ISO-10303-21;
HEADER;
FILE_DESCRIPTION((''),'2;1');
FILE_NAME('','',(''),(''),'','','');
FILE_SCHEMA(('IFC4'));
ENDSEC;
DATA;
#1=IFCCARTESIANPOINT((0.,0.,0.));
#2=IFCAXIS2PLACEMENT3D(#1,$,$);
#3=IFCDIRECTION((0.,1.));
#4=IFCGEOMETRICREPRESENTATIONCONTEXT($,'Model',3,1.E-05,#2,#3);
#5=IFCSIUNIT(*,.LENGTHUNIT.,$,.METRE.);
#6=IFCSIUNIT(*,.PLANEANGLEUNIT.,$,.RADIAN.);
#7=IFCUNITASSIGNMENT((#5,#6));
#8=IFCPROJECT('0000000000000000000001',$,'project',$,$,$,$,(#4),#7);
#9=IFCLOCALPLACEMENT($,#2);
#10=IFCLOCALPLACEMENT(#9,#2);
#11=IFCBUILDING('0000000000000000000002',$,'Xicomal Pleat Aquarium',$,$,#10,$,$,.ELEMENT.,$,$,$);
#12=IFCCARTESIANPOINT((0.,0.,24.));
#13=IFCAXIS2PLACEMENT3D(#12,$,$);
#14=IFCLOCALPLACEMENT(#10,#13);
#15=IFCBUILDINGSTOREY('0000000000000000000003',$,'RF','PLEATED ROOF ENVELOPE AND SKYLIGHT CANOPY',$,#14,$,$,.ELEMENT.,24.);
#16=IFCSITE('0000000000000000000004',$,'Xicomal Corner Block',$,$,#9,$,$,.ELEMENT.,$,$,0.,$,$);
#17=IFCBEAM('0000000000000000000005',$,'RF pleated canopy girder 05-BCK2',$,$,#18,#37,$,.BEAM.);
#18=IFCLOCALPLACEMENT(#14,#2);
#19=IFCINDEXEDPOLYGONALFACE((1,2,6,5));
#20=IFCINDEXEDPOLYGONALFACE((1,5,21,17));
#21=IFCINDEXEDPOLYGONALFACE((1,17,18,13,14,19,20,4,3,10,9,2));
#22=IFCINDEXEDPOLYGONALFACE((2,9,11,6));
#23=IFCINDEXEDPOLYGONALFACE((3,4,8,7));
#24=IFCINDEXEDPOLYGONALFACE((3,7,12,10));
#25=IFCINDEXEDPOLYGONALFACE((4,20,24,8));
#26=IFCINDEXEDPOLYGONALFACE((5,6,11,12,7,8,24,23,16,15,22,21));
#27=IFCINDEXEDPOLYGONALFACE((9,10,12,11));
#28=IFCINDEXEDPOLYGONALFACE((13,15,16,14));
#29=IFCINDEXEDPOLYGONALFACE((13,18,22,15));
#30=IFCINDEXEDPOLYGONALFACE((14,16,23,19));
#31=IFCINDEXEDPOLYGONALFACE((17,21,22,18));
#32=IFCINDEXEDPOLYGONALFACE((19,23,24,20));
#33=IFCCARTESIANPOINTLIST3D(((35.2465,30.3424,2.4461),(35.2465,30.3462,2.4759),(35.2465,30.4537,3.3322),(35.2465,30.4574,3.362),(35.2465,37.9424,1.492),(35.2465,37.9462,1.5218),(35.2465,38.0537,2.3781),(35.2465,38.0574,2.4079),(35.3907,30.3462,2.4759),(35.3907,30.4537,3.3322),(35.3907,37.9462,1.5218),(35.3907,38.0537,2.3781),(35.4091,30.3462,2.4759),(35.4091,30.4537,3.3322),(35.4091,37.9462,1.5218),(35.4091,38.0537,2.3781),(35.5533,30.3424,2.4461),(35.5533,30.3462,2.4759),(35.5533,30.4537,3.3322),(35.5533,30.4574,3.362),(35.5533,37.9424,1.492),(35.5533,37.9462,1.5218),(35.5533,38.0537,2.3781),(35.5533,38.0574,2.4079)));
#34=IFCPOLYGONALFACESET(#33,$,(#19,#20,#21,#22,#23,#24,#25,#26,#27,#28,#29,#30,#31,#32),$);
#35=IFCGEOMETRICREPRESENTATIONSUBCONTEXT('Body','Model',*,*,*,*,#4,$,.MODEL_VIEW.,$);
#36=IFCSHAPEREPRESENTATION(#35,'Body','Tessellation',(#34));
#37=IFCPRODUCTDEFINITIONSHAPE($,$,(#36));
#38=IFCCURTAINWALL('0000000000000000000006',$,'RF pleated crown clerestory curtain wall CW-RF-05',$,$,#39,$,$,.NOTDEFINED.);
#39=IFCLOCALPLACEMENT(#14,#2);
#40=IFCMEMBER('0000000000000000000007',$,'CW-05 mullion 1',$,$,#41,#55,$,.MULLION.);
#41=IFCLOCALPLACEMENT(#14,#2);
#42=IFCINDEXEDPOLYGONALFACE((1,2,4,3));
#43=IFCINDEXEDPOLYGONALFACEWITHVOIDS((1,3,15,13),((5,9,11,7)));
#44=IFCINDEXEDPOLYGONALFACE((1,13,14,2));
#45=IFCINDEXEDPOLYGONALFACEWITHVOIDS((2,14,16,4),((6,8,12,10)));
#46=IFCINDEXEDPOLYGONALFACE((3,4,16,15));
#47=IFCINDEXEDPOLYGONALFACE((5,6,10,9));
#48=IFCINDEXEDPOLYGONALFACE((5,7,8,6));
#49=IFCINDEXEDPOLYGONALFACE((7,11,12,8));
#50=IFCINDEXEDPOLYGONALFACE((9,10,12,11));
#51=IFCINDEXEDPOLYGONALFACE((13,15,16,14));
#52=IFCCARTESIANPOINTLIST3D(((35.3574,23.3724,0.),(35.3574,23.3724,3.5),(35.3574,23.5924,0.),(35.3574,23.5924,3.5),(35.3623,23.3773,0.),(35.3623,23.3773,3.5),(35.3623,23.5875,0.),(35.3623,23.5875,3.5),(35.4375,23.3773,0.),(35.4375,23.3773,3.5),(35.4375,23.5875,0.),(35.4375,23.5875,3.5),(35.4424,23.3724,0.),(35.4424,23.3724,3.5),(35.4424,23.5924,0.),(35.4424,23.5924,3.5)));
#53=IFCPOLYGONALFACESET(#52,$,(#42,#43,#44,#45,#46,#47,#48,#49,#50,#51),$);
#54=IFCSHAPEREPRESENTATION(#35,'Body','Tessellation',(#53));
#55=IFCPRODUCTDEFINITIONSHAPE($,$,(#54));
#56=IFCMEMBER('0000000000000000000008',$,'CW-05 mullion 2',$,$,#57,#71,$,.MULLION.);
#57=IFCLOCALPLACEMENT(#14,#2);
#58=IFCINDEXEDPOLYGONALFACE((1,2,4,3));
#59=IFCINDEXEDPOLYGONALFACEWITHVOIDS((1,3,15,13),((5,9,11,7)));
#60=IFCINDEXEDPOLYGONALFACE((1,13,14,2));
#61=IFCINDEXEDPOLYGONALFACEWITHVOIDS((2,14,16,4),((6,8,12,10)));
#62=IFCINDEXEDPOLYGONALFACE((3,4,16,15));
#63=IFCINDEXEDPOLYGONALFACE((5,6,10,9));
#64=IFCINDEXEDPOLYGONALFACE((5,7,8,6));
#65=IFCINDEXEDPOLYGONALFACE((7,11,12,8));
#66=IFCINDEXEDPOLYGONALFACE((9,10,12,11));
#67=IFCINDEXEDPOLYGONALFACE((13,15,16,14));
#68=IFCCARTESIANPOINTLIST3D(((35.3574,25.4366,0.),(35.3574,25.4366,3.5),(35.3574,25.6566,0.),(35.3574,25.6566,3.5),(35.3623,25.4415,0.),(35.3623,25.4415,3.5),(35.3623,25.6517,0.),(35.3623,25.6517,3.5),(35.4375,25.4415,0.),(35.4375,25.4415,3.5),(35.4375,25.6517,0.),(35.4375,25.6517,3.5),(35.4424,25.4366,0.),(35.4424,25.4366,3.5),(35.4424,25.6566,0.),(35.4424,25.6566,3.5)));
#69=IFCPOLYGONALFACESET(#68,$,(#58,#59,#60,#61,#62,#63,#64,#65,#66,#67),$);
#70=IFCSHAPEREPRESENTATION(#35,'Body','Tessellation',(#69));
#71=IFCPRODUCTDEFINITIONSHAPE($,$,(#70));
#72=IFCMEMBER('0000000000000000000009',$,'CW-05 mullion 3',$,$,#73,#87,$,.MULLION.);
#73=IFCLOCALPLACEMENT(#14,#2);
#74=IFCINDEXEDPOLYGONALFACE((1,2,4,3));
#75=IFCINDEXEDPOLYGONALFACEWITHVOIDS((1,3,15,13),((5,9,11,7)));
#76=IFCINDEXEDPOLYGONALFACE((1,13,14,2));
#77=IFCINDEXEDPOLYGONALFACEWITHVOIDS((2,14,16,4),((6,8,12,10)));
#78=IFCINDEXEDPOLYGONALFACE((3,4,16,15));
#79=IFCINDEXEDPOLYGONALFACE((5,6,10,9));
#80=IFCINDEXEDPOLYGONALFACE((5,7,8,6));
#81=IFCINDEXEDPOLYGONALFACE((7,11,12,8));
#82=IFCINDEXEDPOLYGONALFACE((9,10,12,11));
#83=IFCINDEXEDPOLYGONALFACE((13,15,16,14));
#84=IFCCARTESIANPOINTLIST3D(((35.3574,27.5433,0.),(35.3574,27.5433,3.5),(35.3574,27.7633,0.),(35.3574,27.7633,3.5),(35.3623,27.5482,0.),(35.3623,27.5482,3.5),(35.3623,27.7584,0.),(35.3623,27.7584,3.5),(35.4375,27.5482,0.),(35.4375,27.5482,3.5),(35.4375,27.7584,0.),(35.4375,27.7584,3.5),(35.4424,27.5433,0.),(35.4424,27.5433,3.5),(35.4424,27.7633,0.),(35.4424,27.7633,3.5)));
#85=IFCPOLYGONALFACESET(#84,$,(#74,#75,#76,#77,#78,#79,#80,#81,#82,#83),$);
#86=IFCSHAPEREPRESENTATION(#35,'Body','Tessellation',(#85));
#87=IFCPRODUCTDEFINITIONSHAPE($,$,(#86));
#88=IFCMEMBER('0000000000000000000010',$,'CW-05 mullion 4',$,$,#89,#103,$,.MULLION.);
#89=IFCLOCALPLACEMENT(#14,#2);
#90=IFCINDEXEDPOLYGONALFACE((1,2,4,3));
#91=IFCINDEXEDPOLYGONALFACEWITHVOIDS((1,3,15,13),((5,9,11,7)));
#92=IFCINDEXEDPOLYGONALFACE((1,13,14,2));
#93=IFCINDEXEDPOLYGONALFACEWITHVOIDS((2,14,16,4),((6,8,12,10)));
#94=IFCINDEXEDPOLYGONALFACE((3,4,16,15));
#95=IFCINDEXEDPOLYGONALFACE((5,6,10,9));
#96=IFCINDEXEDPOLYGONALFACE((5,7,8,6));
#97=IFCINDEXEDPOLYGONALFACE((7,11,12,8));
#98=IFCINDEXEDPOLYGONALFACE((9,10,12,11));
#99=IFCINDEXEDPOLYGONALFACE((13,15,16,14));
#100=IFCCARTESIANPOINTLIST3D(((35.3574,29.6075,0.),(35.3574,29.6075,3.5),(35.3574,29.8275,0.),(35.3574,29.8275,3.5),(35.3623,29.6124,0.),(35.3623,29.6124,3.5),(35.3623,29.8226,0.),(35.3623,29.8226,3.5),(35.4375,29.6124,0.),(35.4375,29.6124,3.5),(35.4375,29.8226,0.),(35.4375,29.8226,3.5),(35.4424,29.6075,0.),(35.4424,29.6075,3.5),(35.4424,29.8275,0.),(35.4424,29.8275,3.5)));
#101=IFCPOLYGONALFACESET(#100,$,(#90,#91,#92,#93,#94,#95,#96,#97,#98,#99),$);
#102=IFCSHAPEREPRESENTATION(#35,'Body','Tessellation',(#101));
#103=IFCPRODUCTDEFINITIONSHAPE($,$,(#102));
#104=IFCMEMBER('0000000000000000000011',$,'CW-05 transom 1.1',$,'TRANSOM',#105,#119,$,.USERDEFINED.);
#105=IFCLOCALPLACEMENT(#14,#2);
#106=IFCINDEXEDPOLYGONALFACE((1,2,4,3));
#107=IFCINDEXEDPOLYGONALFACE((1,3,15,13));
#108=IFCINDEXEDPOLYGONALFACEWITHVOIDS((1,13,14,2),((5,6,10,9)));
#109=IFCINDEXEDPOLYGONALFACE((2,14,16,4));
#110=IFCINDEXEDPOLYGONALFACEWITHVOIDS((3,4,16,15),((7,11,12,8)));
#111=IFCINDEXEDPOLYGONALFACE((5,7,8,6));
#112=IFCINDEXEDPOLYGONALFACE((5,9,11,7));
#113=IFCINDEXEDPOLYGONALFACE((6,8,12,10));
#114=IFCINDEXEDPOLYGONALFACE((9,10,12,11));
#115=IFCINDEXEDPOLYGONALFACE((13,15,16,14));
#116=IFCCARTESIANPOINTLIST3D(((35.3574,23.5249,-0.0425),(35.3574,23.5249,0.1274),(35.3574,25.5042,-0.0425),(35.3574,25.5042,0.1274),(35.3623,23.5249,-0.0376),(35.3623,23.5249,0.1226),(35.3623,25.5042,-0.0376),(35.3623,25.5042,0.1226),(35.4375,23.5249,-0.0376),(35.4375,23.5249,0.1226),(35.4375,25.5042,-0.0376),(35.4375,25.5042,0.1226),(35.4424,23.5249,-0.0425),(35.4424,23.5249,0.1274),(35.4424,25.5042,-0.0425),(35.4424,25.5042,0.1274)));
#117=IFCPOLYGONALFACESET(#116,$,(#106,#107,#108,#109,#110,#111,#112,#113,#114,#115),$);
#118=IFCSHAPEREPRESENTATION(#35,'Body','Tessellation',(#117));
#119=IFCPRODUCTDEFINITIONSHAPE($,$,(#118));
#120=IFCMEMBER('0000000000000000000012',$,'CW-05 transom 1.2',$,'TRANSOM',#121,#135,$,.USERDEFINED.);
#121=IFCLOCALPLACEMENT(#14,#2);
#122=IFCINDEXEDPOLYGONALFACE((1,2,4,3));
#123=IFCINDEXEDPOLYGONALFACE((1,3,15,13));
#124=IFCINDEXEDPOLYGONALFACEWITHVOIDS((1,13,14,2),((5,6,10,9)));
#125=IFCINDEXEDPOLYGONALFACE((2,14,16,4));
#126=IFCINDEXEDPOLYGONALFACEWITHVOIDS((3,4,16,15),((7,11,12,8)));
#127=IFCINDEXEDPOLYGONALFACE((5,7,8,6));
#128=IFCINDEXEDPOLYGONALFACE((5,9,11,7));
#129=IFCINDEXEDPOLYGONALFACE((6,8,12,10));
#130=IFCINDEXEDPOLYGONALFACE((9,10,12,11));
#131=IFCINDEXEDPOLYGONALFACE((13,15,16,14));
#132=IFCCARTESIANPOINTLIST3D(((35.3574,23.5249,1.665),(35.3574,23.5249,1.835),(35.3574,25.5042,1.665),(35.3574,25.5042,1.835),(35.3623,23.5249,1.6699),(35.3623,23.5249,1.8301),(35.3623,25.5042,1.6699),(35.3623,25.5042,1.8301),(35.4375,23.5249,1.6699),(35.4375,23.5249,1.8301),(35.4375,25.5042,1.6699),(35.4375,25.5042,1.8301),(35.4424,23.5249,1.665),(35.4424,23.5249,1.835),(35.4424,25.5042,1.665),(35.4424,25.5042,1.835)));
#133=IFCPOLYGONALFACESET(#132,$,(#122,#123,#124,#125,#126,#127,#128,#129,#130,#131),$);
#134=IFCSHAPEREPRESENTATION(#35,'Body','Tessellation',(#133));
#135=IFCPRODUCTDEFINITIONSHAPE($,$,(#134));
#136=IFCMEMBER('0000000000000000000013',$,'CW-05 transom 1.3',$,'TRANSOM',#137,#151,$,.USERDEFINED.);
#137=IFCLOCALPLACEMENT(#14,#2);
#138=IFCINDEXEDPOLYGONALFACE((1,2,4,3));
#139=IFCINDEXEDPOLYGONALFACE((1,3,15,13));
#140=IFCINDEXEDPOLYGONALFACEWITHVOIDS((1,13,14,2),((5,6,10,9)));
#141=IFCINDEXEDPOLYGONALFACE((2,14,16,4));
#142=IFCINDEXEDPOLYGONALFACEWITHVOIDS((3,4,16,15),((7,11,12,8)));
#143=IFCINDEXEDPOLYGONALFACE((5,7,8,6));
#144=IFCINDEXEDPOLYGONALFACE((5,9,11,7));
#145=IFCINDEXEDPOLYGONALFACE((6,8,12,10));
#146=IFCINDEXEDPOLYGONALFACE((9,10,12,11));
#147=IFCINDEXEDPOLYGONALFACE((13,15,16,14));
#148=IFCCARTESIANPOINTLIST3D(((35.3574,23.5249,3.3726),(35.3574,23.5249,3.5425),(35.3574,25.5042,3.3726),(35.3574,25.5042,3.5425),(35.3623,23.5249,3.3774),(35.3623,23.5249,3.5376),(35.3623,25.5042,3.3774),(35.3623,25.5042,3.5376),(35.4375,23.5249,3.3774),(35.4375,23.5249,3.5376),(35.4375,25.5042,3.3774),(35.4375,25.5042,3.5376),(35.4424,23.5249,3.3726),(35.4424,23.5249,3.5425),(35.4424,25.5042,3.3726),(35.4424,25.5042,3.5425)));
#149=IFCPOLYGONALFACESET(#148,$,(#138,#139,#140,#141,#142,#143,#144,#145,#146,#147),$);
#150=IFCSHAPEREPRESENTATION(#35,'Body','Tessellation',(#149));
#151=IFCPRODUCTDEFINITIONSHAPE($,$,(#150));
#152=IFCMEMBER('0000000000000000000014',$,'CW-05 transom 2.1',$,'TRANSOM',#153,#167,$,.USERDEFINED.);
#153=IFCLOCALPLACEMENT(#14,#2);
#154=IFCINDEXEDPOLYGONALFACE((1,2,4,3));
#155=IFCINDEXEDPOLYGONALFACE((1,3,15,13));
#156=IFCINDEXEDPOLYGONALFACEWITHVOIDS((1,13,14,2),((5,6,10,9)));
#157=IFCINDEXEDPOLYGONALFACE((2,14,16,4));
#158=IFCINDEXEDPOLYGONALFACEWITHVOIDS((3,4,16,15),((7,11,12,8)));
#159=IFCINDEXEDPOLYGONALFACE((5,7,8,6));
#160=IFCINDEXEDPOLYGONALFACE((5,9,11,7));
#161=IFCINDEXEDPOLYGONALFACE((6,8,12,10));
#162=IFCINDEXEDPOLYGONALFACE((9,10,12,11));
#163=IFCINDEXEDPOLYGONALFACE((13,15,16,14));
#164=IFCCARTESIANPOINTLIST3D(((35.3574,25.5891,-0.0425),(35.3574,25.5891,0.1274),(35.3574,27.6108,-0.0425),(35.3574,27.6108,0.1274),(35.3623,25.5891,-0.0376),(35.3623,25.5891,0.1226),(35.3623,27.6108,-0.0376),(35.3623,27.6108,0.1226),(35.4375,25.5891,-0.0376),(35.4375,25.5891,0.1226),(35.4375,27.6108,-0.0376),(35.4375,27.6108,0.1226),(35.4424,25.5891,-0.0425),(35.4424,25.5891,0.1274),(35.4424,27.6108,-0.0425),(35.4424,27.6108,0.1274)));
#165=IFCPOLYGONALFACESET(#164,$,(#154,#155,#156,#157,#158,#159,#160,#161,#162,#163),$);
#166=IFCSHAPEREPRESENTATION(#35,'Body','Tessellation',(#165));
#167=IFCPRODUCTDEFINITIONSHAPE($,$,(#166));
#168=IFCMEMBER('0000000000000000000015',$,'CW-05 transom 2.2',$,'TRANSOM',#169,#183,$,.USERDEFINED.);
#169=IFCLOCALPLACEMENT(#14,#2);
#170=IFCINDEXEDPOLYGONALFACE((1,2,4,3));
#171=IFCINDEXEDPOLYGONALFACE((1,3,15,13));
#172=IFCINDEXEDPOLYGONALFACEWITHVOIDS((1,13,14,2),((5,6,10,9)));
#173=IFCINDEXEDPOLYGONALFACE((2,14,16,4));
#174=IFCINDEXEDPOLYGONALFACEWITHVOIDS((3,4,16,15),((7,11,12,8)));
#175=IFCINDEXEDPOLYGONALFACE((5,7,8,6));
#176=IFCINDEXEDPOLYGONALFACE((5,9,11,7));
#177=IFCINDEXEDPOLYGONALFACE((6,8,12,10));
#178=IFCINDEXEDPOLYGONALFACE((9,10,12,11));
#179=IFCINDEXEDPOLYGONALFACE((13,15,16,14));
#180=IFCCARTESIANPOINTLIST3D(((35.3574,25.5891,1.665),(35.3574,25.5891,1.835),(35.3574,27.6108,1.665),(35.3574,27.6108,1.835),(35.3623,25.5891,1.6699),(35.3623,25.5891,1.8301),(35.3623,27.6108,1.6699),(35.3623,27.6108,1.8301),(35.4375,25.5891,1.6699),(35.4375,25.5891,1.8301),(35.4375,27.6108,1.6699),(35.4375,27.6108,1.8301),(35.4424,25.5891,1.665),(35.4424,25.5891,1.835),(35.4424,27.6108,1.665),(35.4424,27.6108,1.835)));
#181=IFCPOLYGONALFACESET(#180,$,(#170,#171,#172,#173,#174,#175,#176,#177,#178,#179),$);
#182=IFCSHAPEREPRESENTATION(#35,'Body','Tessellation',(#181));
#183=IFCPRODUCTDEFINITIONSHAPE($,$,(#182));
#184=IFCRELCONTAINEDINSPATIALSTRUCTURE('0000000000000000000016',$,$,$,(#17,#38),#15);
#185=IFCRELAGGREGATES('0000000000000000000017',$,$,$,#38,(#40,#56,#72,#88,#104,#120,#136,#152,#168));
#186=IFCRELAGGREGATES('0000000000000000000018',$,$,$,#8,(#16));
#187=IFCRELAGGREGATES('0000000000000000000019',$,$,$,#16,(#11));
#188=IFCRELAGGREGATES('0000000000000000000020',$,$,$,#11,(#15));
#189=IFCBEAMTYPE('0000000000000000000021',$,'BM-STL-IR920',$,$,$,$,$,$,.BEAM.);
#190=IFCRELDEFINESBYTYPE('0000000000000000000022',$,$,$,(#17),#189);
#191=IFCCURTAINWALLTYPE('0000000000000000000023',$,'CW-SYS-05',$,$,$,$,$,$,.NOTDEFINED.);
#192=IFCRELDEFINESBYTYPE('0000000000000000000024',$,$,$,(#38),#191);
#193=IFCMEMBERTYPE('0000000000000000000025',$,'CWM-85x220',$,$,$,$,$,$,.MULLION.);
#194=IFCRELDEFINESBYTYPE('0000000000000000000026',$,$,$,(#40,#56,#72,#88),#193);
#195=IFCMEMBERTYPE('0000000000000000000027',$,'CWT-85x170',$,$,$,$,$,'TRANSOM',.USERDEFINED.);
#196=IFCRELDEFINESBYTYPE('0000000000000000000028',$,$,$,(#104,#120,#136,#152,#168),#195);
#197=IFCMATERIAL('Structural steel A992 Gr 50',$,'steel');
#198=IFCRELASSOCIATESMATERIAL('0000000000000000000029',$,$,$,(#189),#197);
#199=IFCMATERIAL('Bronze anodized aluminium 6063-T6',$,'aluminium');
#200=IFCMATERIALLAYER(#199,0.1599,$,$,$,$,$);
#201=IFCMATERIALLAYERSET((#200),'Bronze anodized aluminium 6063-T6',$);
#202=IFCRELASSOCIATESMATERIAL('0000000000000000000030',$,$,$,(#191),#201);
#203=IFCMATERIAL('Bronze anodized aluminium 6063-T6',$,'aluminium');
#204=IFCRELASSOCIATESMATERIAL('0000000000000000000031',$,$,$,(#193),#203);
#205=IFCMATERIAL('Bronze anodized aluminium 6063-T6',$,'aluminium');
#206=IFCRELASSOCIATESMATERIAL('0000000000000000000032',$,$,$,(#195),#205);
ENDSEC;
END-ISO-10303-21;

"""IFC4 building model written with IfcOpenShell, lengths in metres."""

from ifc_helpers import new_model, si_unit, direction, frame, origin, origin_2d, place, context, subcontext, project, spatial, hollow_rectangle, i_section, extrude, material, layer, layer_set, material_profile, profile_set, type_object, element, aggregate, save


model = new_model("IFC4")

# Units and contexts
model_context = context("Model", 3, precision=1e-05, world=origin(), true_north=direction((0.0, 1.0)))
body_context = subcontext(model_context, "Body", "Model", "MODEL_VIEW")
ifc_project = project(units=[si_unit("LENGTHUNIT", "METRE"), si_unit("PLANEANGLEUNIT", "RADIAN")], contexts=[model_context])

# Site, building, storey
site_placement = place(None, origin())
site = spatial("IfcSite", under=ifc_project, at=site_placement, Name="Xicomal Corner Block", CompositionType="ELEMENT", RefElevation=0.0)
building_placement = place(site_placement, origin())
building = spatial("IfcBuilding", under=site, at=building_placement, Name="Xicomal Pleat Aquarium", CompositionType="ELEMENT")
storey_placement = place(building_placement, frame((0.0, 0.0, 24.0)))
storey = spatial("IfcBuildingStorey", under=building, at=storey_placement, Name="RF", Description="PLEATED ROOF ENVELOPE AND SKYLIGHT CANOPY", CompositionType="ELEMENT", Elevation=24.0)

# Beam
ifc_material_1 = material(Name="Structural steel A992 Gr 50", Category="steel")
ifc_material_profile_1 = material_profile(ifc_material_1, i_section(OverallWidth=0.3069, OverallDepth=0.9231, WebThickness=0.0183, FlangeThickness=0.03, at=origin_2d()), Name="IR 920x271")
ifc_profile_set_1 = profile_set([ifc_material_profile_1], Name="Structural steel A992 Gr 50")
beam_type = type_object("IfcBeamType", Name="BM-STL-IR920", PredefinedType="BEAM", material=ifc_profile_set_1)
beam_1_placement = place(storey_placement, frame((35.3999, 30.3999, 2.9041), z_axis=(0.0, 0.992212, -0.12456), x_axis=(-1.0, 0.0, 0.0)))
element("IfcBeam", 1, at=beam_1_placement, inside=storey, type_object=beam_type, Name="RF pleated canopy girder 05-BCK2", PredefinedType="BEAM", context=body_context, shape_type="SweptSolid", body=[
    extrude(i_section(OverallWidth=0.3069, OverallDepth=0.9231, WebThickness=0.0183, FlangeThickness=0.03, at=origin_2d()), origin(), (0.0, 0.0, 1.0), 7.6597),
])

# Curtain wall, members
ifc_material_2 = material(Name="Bronze anodized aluminium 6063-T6", Category="aluminium")
ifc_layer_1 = layer(ifc_material_2, 0.1599)
ifc_layer_set_1 = layer_set([ifc_layer_1], Name="Bronze anodized aluminium 6063-T6")
curtain_wall_type = type_object("IfcCurtainWallType", Name="CW-SYS-05", PredefinedType="NOTDEFINED", material=ifc_layer_set_1)
curtain_wall_placement = place(storey_placement, origin())
curtain_wall = element("IfcCurtainWall", 2, at=curtain_wall_placement, inside=storey, type_object=curtain_wall_type, Name="RF pleated crown clerestory curtain wall CW-RF-05", PredefinedType="NOTDEFINED")
ifc_material_3 = material(Name="Bronze anodized aluminium 6063-T6", Category="aluminium")
ifc_material_profile_2 = material_profile(ifc_material_3, hollow_rectangle(XDim=0.085, YDim=0.22, WallThickness=0.0049, at=origin_2d()), Name="ALU MULL 85x220")
ifc_profile_set_2 = profile_set([ifc_material_profile_2], Name="Bronze anodized aluminium 6063-T6")
member_type_1 = type_object("IfcMemberType", Name="CWM-85x220", PredefinedType="MULLION", material=ifc_profile_set_2)
member_1_placement = place(storey_placement, frame((35.3999, 23.4824, 0.0), z_axis=(0.0, 0.0, 1.0), x_axis=(-1.0, 0.0, 0.0)))
member_1 = element("IfcMember", 3, at=member_1_placement, type_object=member_type_1, Name="CW-05 mullion 1", PredefinedType="MULLION", context=body_context, shape_type="SweptSolid", body=[
    extrude(hollow_rectangle(XDim=0.085, YDim=0.22, WallThickness=0.0049, at=origin_2d()), origin(), (0.0, 0.0, 1.0), 3.5),
])
member_2_placement = place(storey_placement, frame((35.3999, 25.5466, 0.0), z_axis=(0.0, 0.0, 1.0), x_axis=(-1.0, 0.0, 0.0)))
member_2 = element("IfcMember", 4, at=member_2_placement, type_object=member_type_1, Name="CW-05 mullion 2", PredefinedType="MULLION", context=body_context, shape_type="SweptSolid", body=[
    extrude(hollow_rectangle(XDim=0.085, YDim=0.22, WallThickness=0.0049, at=origin_2d()), origin(), (0.0, 0.0, 1.0), 3.5),
])
member_3_placement = place(storey_placement, frame((35.3999, 27.6533, 0.0), z_axis=(0.0, 0.0, 1.0), x_axis=(-1.0, 0.0, 0.0)))
member_3 = element("IfcMember", 5, at=member_3_placement, type_object=member_type_1, Name="CW-05 mullion 3", PredefinedType="MULLION", context=body_context, shape_type="SweptSolid", body=[
    extrude(hollow_rectangle(XDim=0.085, YDim=0.22, WallThickness=0.0049, at=origin_2d()), origin(), (0.0, 0.0, 1.0), 3.5),
])
member_4_placement = place(storey_placement, frame((35.3999, 29.7175, 0.0), z_axis=(0.0, 0.0, 1.0), x_axis=(-1.0, 0.0, 0.0)))
member_4 = element("IfcMember", 6, at=member_4_placement, type_object=member_type_1, Name="CW-05 mullion 4", PredefinedType="MULLION", context=body_context, shape_type="SweptSolid", body=[
    extrude(hollow_rectangle(XDim=0.085, YDim=0.22, WallThickness=0.0049, at=origin_2d()), origin(), (0.0, 0.0, 1.0), 3.5),
])
ifc_material_4 = material(Name="Bronze anodized aluminium 6063-T6", Category="aluminium")
ifc_material_profile_3 = material_profile(ifc_material_4, hollow_rectangle(XDim=0.085, YDim=0.1699, WallThickness=0.0049, at=origin_2d()), Name="ALU TRAN 85x170")
ifc_profile_set_3 = profile_set([ifc_material_profile_3], Name="Bronze anodized aluminium 6063-T6")
member_type_2 = type_object("IfcMemberType", Name="CWT-85x170", ElementType="TRANSOM", PredefinedType="USERDEFINED", material=ifc_profile_set_3)
member_5_placement = place(storey_placement, frame((35.3999, 23.5249, 0.0425), z_axis=(0.0, 1.0, 0.0), x_axis=(-1.0, 0.0, 0.0)))
member_5 = element("IfcMember", 7, at=member_5_placement, type_object=member_type_2, Name="CW-05 transom 1.1", ObjectType="TRANSOM", PredefinedType="USERDEFINED", context=body_context, shape_type="SweptSolid", body=[
    extrude(hollow_rectangle(XDim=0.085, YDim=0.1699, WallThickness=0.0049, at=origin_2d()), origin(), (0.0, 0.0, 1.0), 1.9792),
])
member_6_placement = place(storey_placement, frame((35.3999, 23.5249, 1.75), z_axis=(0.0, 1.0, 0.0), x_axis=(-1.0, 0.0, 0.0)))
member_6 = element("IfcMember", 8, at=member_6_placement, type_object=member_type_2, Name="CW-05 transom 1.2", ObjectType="TRANSOM", PredefinedType="USERDEFINED", context=body_context, shape_type="SweptSolid", body=[
    extrude(hollow_rectangle(XDim=0.085, YDim=0.1699, WallThickness=0.0049, at=origin_2d()), origin(), (0.0, 0.0, 1.0), 1.9792),
])
member_7_placement = place(storey_placement, frame((35.3999, 23.5249, 3.4575), z_axis=(0.0, 1.0, 0.0), x_axis=(-1.0, 0.0, 0.0)))
member_7 = element("IfcMember", 9, at=member_7_placement, type_object=member_type_2, Name="CW-05 transom 1.3", ObjectType="TRANSOM", PredefinedType="USERDEFINED", context=body_context, shape_type="SweptSolid", body=[
    extrude(hollow_rectangle(XDim=0.085, YDim=0.1699, WallThickness=0.0049, at=origin_2d()), origin(), (0.0, 0.0, 1.0), 1.9792),
])
member_8_placement = place(storey_placement, frame((35.3999, 25.5891, 0.0425), z_axis=(0.0, 1.0, 0.0), x_axis=(-1.0, 0.0, 0.0)))
member_8 = element("IfcMember", 10, at=member_8_placement, type_object=member_type_2, Name="CW-05 transom 2.1", ObjectType="TRANSOM", PredefinedType="USERDEFINED", context=body_context, shape_type="SweptSolid", body=[
    extrude(hollow_rectangle(XDim=0.085, YDim=0.1699, WallThickness=0.0049, at=origin_2d()), origin(), (0.0, 0.0, 1.0), 2.0217),
])
member_9_placement = place(storey_placement, frame((35.3999, 25.5891, 1.75), z_axis=(0.0, 1.0, 0.0), x_axis=(-1.0, 0.0, 0.0)))
member_9 = element("IfcMember", 11, at=member_9_placement, type_object=member_type_2, Name="CW-05 transom 2.2", ObjectType="TRANSOM", PredefinedType="USERDEFINED", context=body_context, shape_type="SweptSolid", body=[
    extrude(hollow_rectangle(XDim=0.085, YDim=0.1699, WallThickness=0.0049, at=origin_2d()), origin(), (0.0, 0.0, 1.0), 2.0217),
])
aggregate(curtain_wall, [member_1, member_2, member_3, member_4, member_5, member_6, member_7, member_8, member_9])

save(model, "model.ifc")
